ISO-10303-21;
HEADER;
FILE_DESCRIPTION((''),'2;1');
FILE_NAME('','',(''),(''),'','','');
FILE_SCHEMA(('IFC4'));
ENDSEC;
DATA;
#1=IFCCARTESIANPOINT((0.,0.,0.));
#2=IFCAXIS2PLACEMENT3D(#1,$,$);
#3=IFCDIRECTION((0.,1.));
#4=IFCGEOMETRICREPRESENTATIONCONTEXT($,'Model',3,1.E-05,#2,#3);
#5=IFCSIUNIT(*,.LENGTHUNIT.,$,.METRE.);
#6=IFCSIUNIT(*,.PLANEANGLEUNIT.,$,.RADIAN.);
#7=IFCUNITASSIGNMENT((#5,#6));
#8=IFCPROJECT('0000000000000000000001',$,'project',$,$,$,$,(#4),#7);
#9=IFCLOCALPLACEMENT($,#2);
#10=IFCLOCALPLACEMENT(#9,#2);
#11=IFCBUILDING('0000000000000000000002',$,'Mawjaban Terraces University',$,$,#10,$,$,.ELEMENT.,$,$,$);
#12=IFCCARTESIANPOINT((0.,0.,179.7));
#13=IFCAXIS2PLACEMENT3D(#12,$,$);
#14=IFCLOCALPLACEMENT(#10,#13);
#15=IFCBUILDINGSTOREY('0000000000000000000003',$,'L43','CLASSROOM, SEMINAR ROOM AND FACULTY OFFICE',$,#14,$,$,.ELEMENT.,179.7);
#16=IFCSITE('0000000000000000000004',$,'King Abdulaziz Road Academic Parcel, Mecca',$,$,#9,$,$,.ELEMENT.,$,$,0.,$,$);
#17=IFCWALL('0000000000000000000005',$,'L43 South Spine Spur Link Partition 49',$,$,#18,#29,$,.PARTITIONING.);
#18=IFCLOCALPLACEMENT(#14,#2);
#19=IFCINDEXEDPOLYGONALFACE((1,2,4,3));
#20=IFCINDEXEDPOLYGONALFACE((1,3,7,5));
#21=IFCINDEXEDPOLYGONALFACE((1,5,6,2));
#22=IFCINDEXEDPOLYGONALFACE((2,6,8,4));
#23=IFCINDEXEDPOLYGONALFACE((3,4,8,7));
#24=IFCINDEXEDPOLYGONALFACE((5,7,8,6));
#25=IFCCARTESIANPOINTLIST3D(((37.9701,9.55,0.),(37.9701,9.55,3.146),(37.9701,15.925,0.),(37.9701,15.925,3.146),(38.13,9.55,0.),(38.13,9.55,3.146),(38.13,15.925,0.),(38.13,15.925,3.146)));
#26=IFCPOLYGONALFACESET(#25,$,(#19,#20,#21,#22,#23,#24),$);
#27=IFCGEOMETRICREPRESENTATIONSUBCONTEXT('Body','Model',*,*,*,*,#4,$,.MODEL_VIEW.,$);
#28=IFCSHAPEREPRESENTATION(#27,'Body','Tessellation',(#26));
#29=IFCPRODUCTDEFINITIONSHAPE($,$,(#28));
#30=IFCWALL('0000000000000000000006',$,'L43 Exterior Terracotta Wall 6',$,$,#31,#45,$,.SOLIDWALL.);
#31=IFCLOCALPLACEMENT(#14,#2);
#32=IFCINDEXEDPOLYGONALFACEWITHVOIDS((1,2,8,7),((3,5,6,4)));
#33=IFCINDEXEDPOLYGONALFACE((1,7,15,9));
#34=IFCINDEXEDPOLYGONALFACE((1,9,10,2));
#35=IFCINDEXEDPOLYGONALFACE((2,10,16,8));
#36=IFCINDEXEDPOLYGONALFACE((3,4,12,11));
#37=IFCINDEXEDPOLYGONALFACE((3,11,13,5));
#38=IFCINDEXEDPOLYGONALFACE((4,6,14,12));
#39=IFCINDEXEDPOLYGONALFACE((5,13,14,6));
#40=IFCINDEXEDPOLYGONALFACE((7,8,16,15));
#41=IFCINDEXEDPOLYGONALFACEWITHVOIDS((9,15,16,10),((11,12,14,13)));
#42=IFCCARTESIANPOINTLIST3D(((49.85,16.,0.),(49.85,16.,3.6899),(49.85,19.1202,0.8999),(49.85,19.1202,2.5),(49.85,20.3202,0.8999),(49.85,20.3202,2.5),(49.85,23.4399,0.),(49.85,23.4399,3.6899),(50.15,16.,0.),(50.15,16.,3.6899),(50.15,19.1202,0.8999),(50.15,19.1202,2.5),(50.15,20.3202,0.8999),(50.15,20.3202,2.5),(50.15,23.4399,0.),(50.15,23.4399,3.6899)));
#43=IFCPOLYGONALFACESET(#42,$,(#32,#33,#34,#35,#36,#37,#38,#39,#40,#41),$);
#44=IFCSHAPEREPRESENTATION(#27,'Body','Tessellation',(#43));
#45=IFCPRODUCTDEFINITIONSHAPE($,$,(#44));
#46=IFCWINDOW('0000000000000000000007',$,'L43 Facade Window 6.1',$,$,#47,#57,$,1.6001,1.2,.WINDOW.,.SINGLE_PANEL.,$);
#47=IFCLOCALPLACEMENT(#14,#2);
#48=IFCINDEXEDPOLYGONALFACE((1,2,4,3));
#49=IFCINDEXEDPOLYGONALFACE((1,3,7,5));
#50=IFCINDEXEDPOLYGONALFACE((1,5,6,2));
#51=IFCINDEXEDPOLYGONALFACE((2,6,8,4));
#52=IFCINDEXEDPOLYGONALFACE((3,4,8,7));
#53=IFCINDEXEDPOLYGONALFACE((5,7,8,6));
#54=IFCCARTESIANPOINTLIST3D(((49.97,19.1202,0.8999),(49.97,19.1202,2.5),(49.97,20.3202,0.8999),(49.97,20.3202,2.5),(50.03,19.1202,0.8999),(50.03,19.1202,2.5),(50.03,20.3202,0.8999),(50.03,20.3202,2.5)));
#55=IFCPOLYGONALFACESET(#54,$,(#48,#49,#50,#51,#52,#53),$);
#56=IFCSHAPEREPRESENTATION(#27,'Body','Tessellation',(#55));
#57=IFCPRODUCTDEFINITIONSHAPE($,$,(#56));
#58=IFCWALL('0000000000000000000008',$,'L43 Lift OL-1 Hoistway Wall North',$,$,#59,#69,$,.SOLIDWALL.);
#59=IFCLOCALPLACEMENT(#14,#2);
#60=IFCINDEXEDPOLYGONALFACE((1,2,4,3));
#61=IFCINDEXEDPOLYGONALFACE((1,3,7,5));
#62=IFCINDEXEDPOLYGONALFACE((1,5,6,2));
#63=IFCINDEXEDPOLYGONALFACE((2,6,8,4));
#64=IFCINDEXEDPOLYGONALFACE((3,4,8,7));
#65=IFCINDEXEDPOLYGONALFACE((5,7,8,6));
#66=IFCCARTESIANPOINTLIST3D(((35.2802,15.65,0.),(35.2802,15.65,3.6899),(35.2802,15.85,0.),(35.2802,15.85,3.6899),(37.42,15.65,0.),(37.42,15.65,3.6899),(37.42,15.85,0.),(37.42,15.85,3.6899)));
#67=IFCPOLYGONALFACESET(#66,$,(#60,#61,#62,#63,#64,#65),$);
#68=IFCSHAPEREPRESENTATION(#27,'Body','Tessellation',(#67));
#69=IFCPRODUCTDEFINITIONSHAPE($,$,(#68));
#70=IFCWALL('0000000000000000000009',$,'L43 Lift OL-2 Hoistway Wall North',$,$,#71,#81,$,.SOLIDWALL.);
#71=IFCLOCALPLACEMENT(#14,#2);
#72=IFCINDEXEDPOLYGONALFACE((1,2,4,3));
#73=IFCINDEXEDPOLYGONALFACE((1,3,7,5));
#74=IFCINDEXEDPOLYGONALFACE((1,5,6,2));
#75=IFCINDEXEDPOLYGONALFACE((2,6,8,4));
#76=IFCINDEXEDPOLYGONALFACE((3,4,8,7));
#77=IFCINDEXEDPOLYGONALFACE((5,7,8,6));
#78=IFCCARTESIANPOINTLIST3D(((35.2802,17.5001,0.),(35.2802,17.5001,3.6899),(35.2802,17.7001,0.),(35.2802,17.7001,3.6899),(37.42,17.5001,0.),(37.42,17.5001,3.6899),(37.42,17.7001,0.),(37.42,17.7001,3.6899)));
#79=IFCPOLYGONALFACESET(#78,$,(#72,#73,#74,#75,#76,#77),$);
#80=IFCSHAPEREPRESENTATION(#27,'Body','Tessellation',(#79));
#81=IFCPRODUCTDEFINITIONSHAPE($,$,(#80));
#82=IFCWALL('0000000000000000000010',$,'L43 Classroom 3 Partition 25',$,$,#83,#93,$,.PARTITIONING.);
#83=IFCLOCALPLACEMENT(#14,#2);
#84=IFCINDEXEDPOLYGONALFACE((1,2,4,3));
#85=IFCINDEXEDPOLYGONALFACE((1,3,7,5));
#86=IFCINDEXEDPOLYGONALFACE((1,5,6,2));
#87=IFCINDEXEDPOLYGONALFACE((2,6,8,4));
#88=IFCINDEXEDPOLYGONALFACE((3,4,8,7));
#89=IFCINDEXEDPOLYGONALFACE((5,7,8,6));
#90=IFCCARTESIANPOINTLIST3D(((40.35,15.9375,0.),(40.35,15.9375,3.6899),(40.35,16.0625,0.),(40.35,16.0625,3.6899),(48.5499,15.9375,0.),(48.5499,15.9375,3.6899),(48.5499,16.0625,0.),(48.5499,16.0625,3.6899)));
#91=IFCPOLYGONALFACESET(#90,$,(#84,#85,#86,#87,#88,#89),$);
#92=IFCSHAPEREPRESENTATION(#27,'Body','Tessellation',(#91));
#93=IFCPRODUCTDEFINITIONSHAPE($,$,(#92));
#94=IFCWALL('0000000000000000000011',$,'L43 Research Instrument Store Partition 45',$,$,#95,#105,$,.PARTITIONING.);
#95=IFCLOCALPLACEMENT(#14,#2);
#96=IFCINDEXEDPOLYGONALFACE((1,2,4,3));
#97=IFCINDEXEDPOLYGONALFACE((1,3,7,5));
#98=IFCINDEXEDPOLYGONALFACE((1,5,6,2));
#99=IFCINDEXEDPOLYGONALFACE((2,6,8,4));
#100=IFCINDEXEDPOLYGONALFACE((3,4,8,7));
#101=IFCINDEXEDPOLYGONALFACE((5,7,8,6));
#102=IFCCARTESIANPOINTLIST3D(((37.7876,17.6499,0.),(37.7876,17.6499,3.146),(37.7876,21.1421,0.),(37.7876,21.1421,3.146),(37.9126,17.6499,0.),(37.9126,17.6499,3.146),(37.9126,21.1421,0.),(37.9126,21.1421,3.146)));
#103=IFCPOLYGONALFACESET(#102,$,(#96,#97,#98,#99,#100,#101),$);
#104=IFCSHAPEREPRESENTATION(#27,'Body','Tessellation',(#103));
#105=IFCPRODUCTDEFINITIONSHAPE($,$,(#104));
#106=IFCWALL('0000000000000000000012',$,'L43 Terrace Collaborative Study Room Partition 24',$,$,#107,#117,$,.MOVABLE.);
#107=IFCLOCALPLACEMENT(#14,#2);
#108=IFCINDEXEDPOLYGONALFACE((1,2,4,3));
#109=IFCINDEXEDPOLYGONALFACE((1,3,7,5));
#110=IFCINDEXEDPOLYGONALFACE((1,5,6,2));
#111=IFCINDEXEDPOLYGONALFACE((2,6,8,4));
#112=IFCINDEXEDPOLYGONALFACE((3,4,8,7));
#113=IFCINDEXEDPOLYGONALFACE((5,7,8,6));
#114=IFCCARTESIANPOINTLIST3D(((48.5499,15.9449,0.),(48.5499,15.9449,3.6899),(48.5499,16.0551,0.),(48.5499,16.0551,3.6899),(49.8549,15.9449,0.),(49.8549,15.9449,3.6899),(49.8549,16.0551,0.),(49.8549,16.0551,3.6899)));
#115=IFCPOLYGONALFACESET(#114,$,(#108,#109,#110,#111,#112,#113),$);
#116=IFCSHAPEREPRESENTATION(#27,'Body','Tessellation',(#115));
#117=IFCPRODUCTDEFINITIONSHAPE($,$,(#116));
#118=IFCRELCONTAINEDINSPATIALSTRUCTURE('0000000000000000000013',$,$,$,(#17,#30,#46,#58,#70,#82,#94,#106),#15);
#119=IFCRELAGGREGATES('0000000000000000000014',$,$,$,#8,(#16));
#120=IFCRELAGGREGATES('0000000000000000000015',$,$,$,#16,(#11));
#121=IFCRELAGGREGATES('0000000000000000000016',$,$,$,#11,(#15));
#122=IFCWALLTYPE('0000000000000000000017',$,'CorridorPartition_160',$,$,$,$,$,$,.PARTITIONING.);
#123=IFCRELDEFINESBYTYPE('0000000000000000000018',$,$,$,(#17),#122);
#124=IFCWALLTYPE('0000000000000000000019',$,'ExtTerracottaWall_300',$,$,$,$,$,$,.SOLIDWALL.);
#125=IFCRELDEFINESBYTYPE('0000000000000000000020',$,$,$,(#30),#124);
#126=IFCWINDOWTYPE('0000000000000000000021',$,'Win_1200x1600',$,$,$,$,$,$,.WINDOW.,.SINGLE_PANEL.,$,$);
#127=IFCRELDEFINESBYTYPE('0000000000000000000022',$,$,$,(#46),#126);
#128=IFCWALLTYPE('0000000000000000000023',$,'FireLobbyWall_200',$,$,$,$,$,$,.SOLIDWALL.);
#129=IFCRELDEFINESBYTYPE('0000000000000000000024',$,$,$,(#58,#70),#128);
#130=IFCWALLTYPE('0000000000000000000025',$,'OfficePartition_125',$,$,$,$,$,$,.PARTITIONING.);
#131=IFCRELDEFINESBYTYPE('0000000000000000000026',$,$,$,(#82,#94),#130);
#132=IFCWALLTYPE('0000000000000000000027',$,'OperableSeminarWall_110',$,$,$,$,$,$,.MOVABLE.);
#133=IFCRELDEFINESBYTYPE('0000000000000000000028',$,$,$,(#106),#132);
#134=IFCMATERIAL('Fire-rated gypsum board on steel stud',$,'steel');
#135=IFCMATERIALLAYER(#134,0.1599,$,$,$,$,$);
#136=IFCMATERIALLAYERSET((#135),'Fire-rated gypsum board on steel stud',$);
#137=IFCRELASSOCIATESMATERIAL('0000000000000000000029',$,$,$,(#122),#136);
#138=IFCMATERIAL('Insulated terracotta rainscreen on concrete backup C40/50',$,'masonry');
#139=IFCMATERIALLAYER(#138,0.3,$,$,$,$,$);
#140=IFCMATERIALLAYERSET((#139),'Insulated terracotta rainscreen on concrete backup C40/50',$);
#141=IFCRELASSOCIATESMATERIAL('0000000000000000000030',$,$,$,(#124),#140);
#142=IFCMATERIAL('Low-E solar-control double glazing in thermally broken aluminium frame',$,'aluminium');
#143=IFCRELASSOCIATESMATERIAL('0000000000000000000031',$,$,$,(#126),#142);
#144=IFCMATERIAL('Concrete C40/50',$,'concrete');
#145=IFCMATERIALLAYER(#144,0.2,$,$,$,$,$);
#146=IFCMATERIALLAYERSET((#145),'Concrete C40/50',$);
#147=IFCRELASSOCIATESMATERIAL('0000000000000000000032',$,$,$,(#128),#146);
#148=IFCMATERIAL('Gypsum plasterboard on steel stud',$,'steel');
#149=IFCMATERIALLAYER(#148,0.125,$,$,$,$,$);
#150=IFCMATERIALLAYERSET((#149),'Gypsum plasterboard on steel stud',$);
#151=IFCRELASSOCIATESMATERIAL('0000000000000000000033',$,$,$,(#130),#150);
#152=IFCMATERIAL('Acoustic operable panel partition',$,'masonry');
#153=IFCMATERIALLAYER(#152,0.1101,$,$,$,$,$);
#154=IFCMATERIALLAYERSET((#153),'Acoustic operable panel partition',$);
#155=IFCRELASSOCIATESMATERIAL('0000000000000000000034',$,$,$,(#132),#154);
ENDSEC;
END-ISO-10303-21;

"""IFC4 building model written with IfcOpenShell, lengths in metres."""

from ifc_helpers import new_model, si_unit, direction, frame, frame_2d, origin, place, context, subcontext, project, spatial, rectangle, extrude, material, layer, layer_set, type_object, element, fill, save


model = new_model("IFC4")

# Units and contexts
model_context = context("Model", 3, precision=1e-05, world=origin(), true_north=direction((0.0, 1.0)))
body_context = subcontext(model_context, "Body", "Model", "MODEL_VIEW")
ifc_project = project(units=[si_unit("LENGTHUNIT", "METRE"), si_unit("PLANEANGLEUNIT", "RADIAN")], contexts=[model_context])

# Site, building, storey
site_placement = place(None, origin())
site = spatial("IfcSite", under=ifc_project, at=site_placement, Name="King Abdulaziz Road Academic Parcel, Mecca", CompositionType="ELEMENT", RefElevation=0.0)
building_placement = place(site_placement, origin())
building = spatial("IfcBuilding", under=site, at=building_placement, Name="Mawjaban Terraces University", CompositionType="ELEMENT")
storey_placement = place(building_placement, frame((0.0, 0.0, 179.7)))
storey = spatial("IfcBuildingStorey", under=building, at=storey_placement, Name="L43", Description="CLASSROOM, SEMINAR ROOM AND FACULTY OFFICE", CompositionType="ELEMENT", Elevation=179.7)

# Shared definitions
ifc_material_1 = material(Name="Fire-rated gypsum board on steel stud", Category="steel")
ifc_layer_1 = layer(ifc_material_1, 0.1599)
ifc_layer_set_1 = layer_set([ifc_layer_1], Name="Fire-rated gypsum board on steel stud")
wall_type_1 = type_object("IfcWallType", Name="CorridorPartition_160", PredefinedType="PARTITIONING", material=ifc_layer_set_1)

# Wall
wall_1_placement = place(storey_placement, frame((38.05, 15.925, 0.0), z_axis=(0.0, 0.0, 1.0), x_axis=(0.0, -1.0, 0.0)))
element("IfcWall", 1, at=wall_1_placement, inside=storey, type_object=wall_type_1, Name="L43 South Spine Spur Link Partition 49", PredefinedType="PARTITIONING", context=body_context, shape_type="SweptSolid", body=[
    extrude(rectangle(XDim=6.375, YDim=0.1599, at=frame_2d((3.1875, 0.0))), origin(), (0.0, 0.0, 1.0), 3.146),
])

# Wall, opening, window
ifc_material_2 = material(Name="Insulated terracotta rainscreen on concrete backup C40/50", Category="masonry")
ifc_layer_2 = layer(ifc_material_2, 0.3)
ifc_layer_set_2 = layer_set([ifc_layer_2], Name="Insulated terracotta rainscreen on concrete backup C40/50")
wall_type_2 = type_object("IfcWallType", Name="ExtTerracottaWall_300", PredefinedType="SOLIDWALL", material=ifc_layer_set_2)
wall_2_placement = place(storey_placement, frame((50.0, 16.0, 0.0), z_axis=(0.0, 0.0, 1.0), x_axis=(0.0, 1.0, 0.0)))
wall_2 = element("IfcWall", 2, at=wall_2_placement, inside=storey, type_object=wall_type_2, Name="L43 Exterior Terracotta Wall 6", PredefinedType="SOLIDWALL", context=body_context, shape_type="SweptSolid", body=[
    extrude(rectangle(XDim=7.4399, YDim=0.3, at=frame_2d((3.72, 0.0))), origin(), (0.0, 0.0, 1.0), 3.6899),
])
opening_1_placement = place(wall_2_placement, frame((3.1201, 0.0, 0.8999)))
opening_1 = element("IfcOpeningElement", 3, at=opening_1_placement, cuts=wall_2, PredefinedType="OPENING", context=body_context, shape_type="SweptSolid", body=[
    extrude(rectangle(XDim=1.2, YDim=1.6001, at=frame_2d((0.6001, 0.8))), frame((0.0, 0.1599, 0.0), z_axis=(0.0, -1.0, 0.0), x_axis=(1.0, 0.0, 0.0)), (0.0, 0.0, 1.0), 0.3201),
])
ifc_material_3 = material(Name="Low-E solar-control double glazing in thermally broken aluminium frame", Category="aluminium")
window_type = type_object("IfcWindowType", Name="Win_1200x1600", PartitioningType="SINGLE_PANEL", PredefinedType="WINDOW", material=ifc_material_3)
window_placement = place(opening_1_placement, origin())
window = element("IfcWindow", 4, at=window_placement, inside=storey, type_object=window_type, Name="L43 Facade Window 6.1", OverallHeight=1.6001, OverallWidth=1.2, PartitioningType="SINGLE_PANEL", PredefinedType="WINDOW", context=body_context, shape_type="SweptSolid", body=[
    extrude(rectangle(XDim=1.2, YDim=1.6001, at=frame_2d((0.6001, 0.8))), frame((0.0, 0.03, 0.0), z_axis=(0.0, -1.0, 0.0), x_axis=(1.0, 0.0, 0.0)), (0.0, 0.0, 1.0), 0.0601),
])
fill(opening_1, window)

# Walls
ifc_material_4 = material(Name="Concrete C40/50", Category="concrete")
ifc_layer_3 = layer(ifc_material_4, 0.2)
ifc_layer_set_3 = layer_set([ifc_layer_3], Name="Concrete C40/50")
wall_type_3 = type_object("IfcWallType", Name="FireLobbyWall_200", PredefinedType="SOLIDWALL", material=ifc_layer_set_3)
for number, where, z_axis, x_axis, name in (
    (5, (37.4199, 15.75, 0.0), (0.0, 0.0, 1.0), (-1.0, 0.0, 0.0), "L43 Lift OL-1 Hoistway Wall North"),
    (6, (37.4199, 17.6001, 0.0), (0.0, 0.0, 1.0), (-1.0, 0.0, 0.0), "L43 Lift OL-2 Hoistway Wall North"),
):
    element("IfcWall", number, at=place(storey_placement, frame(where, z_axis=z_axis, x_axis=x_axis)), inside=storey, type_object=wall_type_3, Name=name, PredefinedType="SOLIDWALL", context=body_context, shape_type="SweptSolid", body=[
        extrude(rectangle(XDim=2.1399, YDim=0.2, at=frame_2d((1.0698, 0.0))), origin(), (0.0, 0.0, 1.0), 3.6899),
    ])
ifc_material_5 = material(Name="Gypsum plasterboard on steel stud", Category="steel")
ifc_layer_4 = layer(ifc_material_5, 0.125)
ifc_layer_set_4 = layer_set([ifc_layer_4], Name="Gypsum plasterboard on steel stud")
wall_type_4 = type_object("IfcWallType", Name="OfficePartition_125", PredefinedType="PARTITIONING", material=ifc_layer_set_4)
wall_3_placement = place(storey_placement, frame((48.55, 16.0, 0.0), z_axis=(0.0, 0.0, 1.0), x_axis=(-1.0, 0.0, 0.0)))
element("IfcWall", 7, at=wall_3_placement, inside=storey, type_object=wall_type_4, Name="L43 Classroom 3 Partition 25", PredefinedType="PARTITIONING", context=body_context, shape_type="SweptSolid", body=[
    extrude(rectangle(XDim=8.2, YDim=0.125, at=frame_2d((4.1001, 0.0))), origin(), (0.0, 0.0, 1.0), 3.6899),
])
wall_4_placement = place(storey_placement, frame((37.8501, 17.6499, 0.0), z_axis=(0.0, 0.0, 1.0), x_axis=(0.0, 1.0, 0.0)))
element("IfcWall", 8, at=wall_4_placement, inside=storey, type_object=wall_type_4, Name="L43 Research Instrument Store Partition 45", PredefinedType="PARTITIONING", context=body_context, shape_type="SweptSolid", body=[
    extrude(rectangle(XDim=3.4922, YDim=0.125, at=frame_2d((1.7461, 0.0))), origin(), (0.0, 0.0, 1.0), 3.146),
])
ifc_material_6 = material(Name="Acoustic operable panel partition", Category="masonry")
ifc_layer_5 = layer(ifc_material_6, 0.1101)
ifc_layer_set_5 = layer_set([ifc_layer_5], Name="Acoustic operable panel partition")
wall_type_5 = type_object("IfcWallType", Name="OperableSeminarWall_110", PredefinedType="MOVABLE", material=ifc_layer_set_5)
wall_5_placement = place(storey_placement, frame((48.55, 16.0, 0.0), z_axis=(0.0, 0.0, 1.0), x_axis=(1.0, 0.0, 0.0)))
element("IfcWall", 9, at=wall_5_placement, inside=storey, type_object=wall_type_5, Name="L43 Terrace Collaborative Study Room Partition 24", PredefinedType="MOVABLE", context=body_context, shape_type="SweptSolid", body=[
    extrude(rectangle(XDim=1.3049, YDim=0.1101, at=frame_2d((0.6523, 0.0))), origin(), (0.0, 0.0, 1.0), 3.6899),
])

save(model, "model.ifc")
